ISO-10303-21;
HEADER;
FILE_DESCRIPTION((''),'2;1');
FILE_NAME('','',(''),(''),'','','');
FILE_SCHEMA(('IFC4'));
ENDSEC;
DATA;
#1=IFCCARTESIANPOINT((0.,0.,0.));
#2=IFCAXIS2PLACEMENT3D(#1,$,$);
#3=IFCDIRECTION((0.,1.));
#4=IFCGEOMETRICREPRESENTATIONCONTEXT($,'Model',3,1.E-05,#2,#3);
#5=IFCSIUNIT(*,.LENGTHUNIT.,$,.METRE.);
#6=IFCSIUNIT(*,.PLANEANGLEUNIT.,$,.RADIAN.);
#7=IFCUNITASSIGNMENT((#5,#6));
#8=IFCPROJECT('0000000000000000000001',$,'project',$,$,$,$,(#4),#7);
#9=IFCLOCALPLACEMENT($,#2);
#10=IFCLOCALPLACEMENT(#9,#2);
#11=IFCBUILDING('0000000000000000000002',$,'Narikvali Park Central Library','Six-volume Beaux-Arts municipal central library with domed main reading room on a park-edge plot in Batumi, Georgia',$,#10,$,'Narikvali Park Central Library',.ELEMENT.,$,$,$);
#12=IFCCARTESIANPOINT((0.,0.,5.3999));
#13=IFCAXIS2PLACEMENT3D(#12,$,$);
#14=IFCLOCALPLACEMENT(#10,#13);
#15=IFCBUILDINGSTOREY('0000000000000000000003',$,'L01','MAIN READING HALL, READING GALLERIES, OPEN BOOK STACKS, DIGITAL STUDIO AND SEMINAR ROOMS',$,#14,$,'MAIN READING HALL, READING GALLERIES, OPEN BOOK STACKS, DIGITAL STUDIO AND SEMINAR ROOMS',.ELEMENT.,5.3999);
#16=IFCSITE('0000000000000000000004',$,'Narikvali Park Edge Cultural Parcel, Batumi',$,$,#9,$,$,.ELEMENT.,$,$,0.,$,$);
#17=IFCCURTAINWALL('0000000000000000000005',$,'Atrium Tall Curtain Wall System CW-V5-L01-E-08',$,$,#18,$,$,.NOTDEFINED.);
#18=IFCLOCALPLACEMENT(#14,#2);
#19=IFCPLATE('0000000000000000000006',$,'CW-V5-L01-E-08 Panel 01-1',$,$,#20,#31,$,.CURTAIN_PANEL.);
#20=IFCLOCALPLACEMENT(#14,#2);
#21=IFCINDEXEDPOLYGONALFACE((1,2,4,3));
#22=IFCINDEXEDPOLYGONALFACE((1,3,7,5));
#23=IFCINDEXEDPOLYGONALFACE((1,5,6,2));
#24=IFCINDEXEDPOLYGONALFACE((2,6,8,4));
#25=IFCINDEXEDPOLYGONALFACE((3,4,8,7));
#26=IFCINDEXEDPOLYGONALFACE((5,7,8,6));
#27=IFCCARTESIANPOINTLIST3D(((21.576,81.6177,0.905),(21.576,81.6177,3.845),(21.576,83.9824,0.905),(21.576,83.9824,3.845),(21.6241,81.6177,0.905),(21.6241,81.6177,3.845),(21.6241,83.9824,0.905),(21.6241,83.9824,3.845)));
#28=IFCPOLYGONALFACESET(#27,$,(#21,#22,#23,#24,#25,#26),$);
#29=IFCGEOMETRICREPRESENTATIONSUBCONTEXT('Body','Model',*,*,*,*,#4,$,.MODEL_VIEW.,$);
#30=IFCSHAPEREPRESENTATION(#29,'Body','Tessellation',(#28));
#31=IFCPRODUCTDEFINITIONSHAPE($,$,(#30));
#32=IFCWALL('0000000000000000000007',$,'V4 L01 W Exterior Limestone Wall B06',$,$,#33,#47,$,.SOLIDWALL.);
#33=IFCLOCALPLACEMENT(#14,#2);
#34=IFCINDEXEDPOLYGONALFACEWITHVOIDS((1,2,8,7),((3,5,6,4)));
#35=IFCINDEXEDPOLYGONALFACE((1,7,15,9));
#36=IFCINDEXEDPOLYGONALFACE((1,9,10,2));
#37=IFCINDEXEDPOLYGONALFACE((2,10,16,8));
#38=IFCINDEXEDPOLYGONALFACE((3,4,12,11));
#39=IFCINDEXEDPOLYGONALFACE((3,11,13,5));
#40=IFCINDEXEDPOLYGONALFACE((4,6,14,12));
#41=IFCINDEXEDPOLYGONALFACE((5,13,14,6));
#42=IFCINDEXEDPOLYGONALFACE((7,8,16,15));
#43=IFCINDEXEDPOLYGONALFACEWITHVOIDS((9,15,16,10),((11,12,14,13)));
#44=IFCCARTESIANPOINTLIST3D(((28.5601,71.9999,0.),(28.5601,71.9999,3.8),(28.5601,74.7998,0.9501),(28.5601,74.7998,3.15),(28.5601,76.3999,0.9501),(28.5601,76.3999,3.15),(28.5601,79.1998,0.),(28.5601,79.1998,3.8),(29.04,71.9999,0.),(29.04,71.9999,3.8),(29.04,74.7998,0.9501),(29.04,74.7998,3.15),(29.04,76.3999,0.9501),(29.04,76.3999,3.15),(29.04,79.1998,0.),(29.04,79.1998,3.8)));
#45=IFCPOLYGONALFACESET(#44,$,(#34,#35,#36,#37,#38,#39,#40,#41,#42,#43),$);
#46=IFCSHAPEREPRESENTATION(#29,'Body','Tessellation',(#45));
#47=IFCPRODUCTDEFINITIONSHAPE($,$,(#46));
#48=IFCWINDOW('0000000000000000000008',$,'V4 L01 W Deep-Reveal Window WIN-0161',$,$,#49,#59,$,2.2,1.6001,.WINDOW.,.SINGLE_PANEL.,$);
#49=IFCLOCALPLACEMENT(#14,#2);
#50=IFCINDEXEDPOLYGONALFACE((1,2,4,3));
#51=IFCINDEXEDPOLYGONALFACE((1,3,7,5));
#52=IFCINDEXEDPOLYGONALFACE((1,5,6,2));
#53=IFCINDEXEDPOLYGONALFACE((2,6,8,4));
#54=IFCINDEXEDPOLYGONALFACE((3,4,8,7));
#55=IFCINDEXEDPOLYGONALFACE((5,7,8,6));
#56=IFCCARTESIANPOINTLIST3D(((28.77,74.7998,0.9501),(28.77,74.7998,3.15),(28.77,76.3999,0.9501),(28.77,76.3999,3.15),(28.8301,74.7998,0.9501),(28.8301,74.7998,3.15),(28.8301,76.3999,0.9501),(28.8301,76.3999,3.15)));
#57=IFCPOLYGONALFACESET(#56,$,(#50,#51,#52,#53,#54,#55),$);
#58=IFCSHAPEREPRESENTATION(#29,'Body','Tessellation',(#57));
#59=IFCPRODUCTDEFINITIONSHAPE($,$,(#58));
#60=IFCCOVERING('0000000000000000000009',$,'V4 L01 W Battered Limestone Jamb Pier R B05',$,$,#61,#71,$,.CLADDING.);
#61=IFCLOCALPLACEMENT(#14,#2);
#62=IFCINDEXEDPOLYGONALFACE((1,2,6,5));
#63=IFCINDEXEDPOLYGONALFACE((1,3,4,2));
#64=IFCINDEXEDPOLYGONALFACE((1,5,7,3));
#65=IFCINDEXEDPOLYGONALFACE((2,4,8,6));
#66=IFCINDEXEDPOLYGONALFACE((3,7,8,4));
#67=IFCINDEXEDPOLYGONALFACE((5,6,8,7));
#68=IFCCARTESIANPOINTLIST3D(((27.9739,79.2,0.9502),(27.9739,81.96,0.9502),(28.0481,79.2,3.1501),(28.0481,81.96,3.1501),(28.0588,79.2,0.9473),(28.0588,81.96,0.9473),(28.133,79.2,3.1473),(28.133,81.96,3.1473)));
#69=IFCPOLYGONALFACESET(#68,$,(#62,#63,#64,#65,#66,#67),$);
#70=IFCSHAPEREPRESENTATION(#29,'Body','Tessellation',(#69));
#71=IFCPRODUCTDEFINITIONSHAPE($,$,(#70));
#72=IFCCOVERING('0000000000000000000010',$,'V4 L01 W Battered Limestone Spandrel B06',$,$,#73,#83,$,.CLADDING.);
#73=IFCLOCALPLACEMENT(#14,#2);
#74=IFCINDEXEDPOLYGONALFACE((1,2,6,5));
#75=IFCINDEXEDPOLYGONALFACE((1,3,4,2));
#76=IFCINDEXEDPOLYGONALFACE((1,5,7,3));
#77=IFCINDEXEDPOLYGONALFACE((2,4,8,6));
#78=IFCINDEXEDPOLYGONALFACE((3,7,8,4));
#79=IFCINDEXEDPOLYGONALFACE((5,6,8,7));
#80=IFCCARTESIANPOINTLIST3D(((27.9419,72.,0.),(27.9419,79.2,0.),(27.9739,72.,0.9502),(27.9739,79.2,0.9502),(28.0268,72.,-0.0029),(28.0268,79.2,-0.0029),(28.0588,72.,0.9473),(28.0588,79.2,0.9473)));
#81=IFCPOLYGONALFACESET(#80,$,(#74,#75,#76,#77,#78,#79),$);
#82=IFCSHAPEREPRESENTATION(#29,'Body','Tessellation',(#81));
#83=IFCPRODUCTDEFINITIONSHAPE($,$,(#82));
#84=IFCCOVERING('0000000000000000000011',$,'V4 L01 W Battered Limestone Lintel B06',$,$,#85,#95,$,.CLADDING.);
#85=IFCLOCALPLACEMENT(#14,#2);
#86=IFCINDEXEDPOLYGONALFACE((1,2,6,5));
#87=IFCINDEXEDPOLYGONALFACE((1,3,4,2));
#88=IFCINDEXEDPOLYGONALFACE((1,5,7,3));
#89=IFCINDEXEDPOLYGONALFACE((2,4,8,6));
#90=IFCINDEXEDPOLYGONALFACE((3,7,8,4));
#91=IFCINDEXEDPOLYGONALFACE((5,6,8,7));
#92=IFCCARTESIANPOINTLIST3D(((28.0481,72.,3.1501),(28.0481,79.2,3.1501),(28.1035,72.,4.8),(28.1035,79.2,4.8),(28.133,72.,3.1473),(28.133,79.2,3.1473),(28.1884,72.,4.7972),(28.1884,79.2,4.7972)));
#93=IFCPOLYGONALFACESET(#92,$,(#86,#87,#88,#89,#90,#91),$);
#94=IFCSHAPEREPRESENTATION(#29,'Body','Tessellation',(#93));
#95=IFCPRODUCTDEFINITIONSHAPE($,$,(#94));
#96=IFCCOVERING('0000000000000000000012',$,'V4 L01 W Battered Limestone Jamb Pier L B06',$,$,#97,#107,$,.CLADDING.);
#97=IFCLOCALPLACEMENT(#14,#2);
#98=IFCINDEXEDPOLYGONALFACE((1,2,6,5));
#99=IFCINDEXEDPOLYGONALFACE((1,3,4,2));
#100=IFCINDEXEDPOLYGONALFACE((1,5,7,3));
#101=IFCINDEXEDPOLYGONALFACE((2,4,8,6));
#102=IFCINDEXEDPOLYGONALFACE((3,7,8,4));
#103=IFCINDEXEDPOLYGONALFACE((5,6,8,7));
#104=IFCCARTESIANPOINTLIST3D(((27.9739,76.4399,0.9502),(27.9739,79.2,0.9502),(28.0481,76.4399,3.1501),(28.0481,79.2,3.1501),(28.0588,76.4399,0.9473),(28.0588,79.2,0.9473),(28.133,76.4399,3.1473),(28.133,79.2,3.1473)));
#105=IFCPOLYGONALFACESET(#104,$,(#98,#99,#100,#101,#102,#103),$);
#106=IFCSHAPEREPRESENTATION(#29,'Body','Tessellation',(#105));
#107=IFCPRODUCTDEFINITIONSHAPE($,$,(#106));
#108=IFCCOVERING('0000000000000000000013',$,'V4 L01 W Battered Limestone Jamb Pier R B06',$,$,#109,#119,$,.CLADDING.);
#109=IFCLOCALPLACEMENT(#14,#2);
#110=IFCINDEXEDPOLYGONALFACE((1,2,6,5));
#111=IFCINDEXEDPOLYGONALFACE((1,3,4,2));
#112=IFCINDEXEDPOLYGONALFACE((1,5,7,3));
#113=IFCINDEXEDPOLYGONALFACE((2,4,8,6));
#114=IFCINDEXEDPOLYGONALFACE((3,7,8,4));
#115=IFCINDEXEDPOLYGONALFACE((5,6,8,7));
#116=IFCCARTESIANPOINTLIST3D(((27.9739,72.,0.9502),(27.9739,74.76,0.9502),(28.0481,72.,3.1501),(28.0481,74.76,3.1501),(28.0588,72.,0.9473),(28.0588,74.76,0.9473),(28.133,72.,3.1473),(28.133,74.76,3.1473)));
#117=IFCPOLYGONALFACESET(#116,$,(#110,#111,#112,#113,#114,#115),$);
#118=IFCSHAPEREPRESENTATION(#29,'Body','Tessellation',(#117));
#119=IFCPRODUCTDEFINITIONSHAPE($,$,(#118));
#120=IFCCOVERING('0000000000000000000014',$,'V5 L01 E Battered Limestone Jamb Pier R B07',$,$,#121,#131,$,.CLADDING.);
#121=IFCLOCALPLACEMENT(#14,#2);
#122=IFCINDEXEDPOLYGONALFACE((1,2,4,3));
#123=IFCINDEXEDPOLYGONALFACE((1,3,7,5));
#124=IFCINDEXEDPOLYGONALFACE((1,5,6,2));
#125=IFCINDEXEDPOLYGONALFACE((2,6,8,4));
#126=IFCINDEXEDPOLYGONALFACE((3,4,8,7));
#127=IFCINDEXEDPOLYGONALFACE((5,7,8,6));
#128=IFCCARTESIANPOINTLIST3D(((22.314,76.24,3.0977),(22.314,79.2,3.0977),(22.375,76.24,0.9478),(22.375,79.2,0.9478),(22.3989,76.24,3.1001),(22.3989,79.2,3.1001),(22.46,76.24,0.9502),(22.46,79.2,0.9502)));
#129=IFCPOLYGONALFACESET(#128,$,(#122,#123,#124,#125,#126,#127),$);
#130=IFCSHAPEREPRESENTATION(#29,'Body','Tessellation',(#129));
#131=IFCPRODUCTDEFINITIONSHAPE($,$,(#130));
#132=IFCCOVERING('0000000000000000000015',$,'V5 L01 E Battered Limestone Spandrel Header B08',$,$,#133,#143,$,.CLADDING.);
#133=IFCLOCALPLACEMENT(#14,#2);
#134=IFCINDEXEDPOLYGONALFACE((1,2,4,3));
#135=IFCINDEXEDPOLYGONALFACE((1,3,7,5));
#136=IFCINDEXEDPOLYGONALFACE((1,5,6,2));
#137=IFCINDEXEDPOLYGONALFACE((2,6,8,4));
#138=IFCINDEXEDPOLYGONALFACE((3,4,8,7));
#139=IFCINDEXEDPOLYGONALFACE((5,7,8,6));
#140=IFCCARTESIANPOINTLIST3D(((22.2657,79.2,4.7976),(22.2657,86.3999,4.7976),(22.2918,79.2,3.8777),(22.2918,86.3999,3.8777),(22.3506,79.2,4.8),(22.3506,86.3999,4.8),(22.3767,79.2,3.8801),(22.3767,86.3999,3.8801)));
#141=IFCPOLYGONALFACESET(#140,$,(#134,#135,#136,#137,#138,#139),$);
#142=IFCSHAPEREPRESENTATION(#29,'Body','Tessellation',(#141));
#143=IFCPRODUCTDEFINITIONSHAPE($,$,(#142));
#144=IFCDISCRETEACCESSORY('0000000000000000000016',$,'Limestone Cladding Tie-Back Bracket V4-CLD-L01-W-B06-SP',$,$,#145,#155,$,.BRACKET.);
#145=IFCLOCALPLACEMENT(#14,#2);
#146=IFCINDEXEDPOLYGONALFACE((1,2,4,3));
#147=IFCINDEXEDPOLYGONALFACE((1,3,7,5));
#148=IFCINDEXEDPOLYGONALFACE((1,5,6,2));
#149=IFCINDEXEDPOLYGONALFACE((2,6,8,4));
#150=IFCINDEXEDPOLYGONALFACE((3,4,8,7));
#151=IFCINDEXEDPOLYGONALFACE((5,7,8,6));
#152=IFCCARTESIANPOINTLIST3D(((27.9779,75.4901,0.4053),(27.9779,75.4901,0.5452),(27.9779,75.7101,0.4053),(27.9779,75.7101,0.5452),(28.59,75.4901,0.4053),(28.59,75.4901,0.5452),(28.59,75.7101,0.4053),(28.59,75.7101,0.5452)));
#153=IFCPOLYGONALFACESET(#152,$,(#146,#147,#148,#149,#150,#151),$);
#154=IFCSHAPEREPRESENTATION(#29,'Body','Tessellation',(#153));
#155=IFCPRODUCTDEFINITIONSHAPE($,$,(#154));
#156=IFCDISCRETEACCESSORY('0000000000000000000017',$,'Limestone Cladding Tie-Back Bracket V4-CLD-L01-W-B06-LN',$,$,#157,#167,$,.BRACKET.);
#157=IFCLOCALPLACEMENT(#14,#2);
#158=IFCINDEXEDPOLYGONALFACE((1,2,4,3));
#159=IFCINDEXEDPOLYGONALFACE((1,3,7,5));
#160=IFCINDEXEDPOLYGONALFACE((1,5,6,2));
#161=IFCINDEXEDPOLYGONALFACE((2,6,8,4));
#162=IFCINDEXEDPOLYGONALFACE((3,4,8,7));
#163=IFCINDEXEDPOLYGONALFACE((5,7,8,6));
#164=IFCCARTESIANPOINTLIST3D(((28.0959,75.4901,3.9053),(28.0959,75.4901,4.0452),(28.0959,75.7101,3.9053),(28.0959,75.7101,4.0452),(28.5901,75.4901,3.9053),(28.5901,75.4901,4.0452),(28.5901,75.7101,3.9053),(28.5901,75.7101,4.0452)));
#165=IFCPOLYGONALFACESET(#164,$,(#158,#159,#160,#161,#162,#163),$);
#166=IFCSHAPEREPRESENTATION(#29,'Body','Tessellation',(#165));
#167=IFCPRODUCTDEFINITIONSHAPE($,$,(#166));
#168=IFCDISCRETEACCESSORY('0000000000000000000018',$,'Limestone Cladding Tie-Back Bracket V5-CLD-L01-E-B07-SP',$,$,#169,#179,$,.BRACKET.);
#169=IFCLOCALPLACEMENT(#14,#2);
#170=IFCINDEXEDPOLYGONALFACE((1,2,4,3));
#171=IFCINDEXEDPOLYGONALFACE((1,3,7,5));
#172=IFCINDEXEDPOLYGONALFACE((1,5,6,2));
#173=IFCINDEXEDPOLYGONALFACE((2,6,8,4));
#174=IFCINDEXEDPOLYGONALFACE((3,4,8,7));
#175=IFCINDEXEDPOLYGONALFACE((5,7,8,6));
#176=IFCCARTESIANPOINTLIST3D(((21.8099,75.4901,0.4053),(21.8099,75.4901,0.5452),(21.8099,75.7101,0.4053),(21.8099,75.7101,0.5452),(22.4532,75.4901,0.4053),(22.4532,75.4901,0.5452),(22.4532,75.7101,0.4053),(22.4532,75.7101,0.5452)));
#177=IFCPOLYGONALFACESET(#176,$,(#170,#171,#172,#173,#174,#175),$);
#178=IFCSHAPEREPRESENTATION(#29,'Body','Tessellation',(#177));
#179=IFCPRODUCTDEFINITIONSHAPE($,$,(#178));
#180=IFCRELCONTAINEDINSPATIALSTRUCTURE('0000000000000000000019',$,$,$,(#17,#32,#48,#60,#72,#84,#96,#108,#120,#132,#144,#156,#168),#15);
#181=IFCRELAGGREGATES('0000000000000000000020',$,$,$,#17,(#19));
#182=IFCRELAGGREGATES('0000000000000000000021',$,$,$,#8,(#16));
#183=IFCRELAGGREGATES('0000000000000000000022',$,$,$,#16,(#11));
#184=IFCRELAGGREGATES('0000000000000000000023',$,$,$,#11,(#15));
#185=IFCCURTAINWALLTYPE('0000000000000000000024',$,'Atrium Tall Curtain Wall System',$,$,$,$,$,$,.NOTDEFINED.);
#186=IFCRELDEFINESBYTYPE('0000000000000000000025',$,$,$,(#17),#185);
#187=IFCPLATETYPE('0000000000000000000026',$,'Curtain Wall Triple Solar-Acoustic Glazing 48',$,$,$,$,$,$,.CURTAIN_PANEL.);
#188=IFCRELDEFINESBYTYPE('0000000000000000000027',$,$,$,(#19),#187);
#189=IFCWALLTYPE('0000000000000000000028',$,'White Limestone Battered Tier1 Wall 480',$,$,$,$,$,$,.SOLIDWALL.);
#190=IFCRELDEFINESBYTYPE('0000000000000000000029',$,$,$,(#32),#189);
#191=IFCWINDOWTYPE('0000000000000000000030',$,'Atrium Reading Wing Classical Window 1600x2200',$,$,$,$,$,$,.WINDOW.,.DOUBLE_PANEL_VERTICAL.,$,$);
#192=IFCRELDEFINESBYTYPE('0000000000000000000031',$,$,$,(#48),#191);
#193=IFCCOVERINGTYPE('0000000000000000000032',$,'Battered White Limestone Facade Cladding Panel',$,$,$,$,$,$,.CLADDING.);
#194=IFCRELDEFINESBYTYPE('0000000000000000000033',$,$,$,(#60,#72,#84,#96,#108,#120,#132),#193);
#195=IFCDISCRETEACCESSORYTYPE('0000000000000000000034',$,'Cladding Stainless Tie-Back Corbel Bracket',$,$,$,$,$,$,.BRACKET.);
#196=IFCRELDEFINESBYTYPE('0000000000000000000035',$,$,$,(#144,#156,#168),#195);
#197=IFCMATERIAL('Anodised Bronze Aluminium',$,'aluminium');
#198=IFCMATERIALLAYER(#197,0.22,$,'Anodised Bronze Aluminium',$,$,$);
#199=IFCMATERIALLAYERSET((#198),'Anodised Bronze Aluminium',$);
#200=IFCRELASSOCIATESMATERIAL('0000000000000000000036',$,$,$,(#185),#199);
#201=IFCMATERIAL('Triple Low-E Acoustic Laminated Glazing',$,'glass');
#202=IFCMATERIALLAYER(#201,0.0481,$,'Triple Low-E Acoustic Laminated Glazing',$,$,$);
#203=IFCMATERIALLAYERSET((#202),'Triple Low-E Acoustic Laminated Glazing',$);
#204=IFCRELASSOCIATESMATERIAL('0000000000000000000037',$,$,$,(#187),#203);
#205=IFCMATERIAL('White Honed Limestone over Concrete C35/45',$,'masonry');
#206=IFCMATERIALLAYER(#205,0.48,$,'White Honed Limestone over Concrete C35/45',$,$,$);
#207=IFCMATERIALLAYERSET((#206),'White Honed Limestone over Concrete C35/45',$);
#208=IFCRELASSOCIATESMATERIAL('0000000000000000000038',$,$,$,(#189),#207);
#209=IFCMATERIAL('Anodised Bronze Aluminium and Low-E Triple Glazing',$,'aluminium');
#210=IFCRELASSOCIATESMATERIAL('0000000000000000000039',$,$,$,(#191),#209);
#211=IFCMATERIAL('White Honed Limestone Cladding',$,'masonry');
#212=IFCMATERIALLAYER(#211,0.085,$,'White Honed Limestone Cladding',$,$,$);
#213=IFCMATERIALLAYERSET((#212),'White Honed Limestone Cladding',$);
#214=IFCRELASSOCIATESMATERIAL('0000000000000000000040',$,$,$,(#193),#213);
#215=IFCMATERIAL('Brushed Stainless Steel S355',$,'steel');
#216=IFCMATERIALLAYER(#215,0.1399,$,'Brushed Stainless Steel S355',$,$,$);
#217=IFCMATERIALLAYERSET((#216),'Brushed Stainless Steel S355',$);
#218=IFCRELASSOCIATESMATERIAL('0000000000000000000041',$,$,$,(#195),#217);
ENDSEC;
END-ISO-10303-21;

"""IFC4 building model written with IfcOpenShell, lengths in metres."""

from ifc_helpers import new_model, si_unit, direction, frame, frame_2d, origin, origin_2d, place, context, subcontext, project, spatial, polyline, rectangle, outline, extrude, material, layer, layer_set, type_object, element, fill, aggregate, save


model = new_model("IFC4")

# Units and contexts
model_context = context("Model", 3, precision=1e-05, world=origin(), true_north=direction((0.0, 1.0)))
body_context = subcontext(model_context, "Body", "Model", "MODEL_VIEW")
ifc_project = project(units=[si_unit("LENGTHUNIT", "METRE"), si_unit("PLANEANGLEUNIT", "RADIAN")], contexts=[model_context])

# Site, building, storey
site_placement = place(None, origin())
site = spatial("IfcSite", under=ifc_project, at=site_placement, Name="Narikvali Park Edge Cultural Parcel, Batumi", CompositionType="ELEMENT", RefElevation=0.0)
building_placement = place(site_placement, origin())
building = spatial("IfcBuilding", under=site, at=building_placement, Name="Narikvali Park Central Library", Description="Six-volume Beaux-Arts municipal central library with domed main reading room on a park-edge plot in Batumi, Georgia", LongName="Narikvali Park Central Library", CompositionType="ELEMENT")
storey_placement = place(building_placement, frame((0.0, 0.0, 5.3999)))
storey = spatial("IfcBuildingStorey", under=building, at=storey_placement, Name="L01", Description="MAIN READING HALL, READING GALLERIES, OPEN BOOK STACKS, DIGITAL STUDIO AND SEMINAR ROOMS", LongName="MAIN READING HALL, READING GALLERIES, OPEN BOOK STACKS, DIGITAL STUDIO AND SEMINAR ROOMS", CompositionType="ELEMENT", Elevation=5.3999)

# Curtain wall
ifc_material_1 = material(Name="Anodised Bronze Aluminium", Category="aluminium")
ifc_layer_1 = layer(ifc_material_1, 0.22, Name="Anodised Bronze Aluminium")
ifc_layer_set_1 = layer_set([ifc_layer_1], Name="Anodised Bronze Aluminium")
curtain_wall_type = type_object("IfcCurtainWallType", Name="Atrium Tall Curtain Wall System", PredefinedType="NOTDEFINED", material=ifc_layer_set_1)
curtain_wall_placement = place(storey_placement, origin())
curtain_wall = element("IfcCurtainWall", 1, at=curtain_wall_placement, inside=storey, type_object=curtain_wall_type, Name="Atrium Tall Curtain Wall System CW-V5-L01-E-08", PredefinedType="NOTDEFINED")

# Plate
ifc_material_2 = material(Name="Triple Low-E Acoustic Laminated Glazing", Category="glass")
ifc_layer_2 = layer(ifc_material_2, 0.0481, Name="Triple Low-E Acoustic Laminated Glazing")
ifc_layer_set_2 = layer_set([ifc_layer_2], Name="Triple Low-E Acoustic Laminated Glazing")
plate_type_1 = type_object("IfcPlateType", Name="Curtain Wall Triple Solar-Acoustic Glazing 48", PredefinedType="CURTAIN_PANEL", material=ifc_layer_set_2)
plate_1_placement = place(storey_placement, frame((21.6001, 82.8, 0.905), z_axis=(0.0, 0.0, 1.0), x_axis=(0.0, 1.0, 0.0)))
plate_1 = element("IfcPlate", 2, at=plate_1_placement, type_object=plate_type_1, Name="CW-V5-L01-E-08 Panel 01-1", PredefinedType="CURTAIN_PANEL", context=body_context, shape_type="SweptSolid", body=[
    extrude(rectangle(XDim=2.3647, YDim=0.0481, at=origin_2d()), origin(), (0.0, 0.0, 1.0), 2.9399),
])
aggregate(curtain_wall, [plate_1])

# Wall, opening, window
ifc_material_3 = material(Name="White Honed Limestone over Concrete C35/45", Category="masonry")
ifc_layer_3 = layer(ifc_material_3, 0.48, Name="White Honed Limestone over Concrete C35/45")
ifc_layer_set_3 = layer_set([ifc_layer_3], Name="White Honed Limestone over Concrete C35/45")
wall_type = type_object("IfcWallType", Name="White Limestone Battered Tier1 Wall 480", PredefinedType="SOLIDWALL", material=ifc_layer_set_3)
wall_placement = place(storey_placement, frame((28.8, 79.2, 0.0), z_axis=(0.0, 0.0, 1.0), x_axis=(0.0, -1.0, 0.0)))
wall = element("IfcWall", 3, at=wall_placement, inside=storey, type_object=wall_type, Name="V4 L01 W Exterior Limestone Wall B06", PredefinedType="SOLIDWALL", context=body_context, shape_type="SweptSolid", body=[
    extrude(rectangle(XDim=7.2, YDim=0.48, at=frame_2d((3.6001, 0.0))), origin(), (0.0, 0.0, 1.0), 3.8),
])
opening_placement = place(wall_placement, frame((2.8, 0.0, 0.95)))
opening = element("IfcOpeningElement", 4, at=opening_placement, cuts=wall, PredefinedType="OPENING", context=body_context, shape_type="SweptSolid", body=[
    extrude(rectangle(XDim=1.6001, YDim=2.2, at=frame_2d((0.8, 1.1001))), frame((0.0, 0.252, 0.0), z_axis=(0.0, -1.0, 0.0), x_axis=(1.0, 0.0, 0.0)), (0.0, 0.0, 1.0), 0.5039),
])
ifc_material_4 = material(Name="Anodised Bronze Aluminium and Low-E Triple Glazing", Category="aluminium")
window_type = type_object("IfcWindowType", Name="Atrium Reading Wing Classical Window 1600x2200", PartitioningType="DOUBLE_PANEL_VERTICAL", PredefinedType="WINDOW", material=ifc_material_4)
window_placement = place(opening_placement, origin())
window = element("IfcWindow", 5, at=window_placement, inside=storey, type_object=window_type, Name="V4 L01 W Deep-Reveal Window WIN-0161", OverallHeight=2.2, OverallWidth=1.6001, PartitioningType="SINGLE_PANEL", PredefinedType="WINDOW", context=body_context, shape_type="SweptSolid", body=[
    extrude(rectangle(XDim=1.6001, YDim=2.2, at=frame_2d((0.8, 1.1001))), frame((0.0, 0.03, 0.0), z_axis=(0.0, -1.0, 0.0), x_axis=(1.0, 0.0, 0.0)), (0.0, 0.0, 1.0), 0.0601),
])
fill(opening, window)

# Coverings
ifc_material_5 = material(Name="White Honed Limestone Cladding", Category="masonry")
ifc_layer_4 = layer(ifc_material_5, 0.085, Name="White Honed Limestone Cladding")
ifc_layer_set_4 = layer_set([ifc_layer_4], Name="White Honed Limestone Cladding")
covering_type = type_object("IfcCoveringType", Name="Battered White Limestone Facade Cladding Panel", PredefinedType="CLADDING", material=ifc_layer_set_4)
covering_1_placement = place(storey_placement, frame((27.9739, 81.96, 0.9502), z_axis=(-0.999431, 0.0, 0.033717), x_axis=(0.0, -1.0, 0.0)))
element("IfcCovering", 6, at=covering_1_placement, inside=storey, type_object=covering_type, Name="V4 L01 W Battered Limestone Jamb Pier R B05", PredefinedType="CLADDING", context=body_context, shape_type="SweptSolid", body=[
    extrude(outline(polyline([(0.0, 0.0), (2.76, 0.0), (2.76, 2.2012), (0.0, 2.2012), (0.0, 0.0)])), origin(), (0.0, 0.0, -1.0), 0.085),
])
covering_2_placement = place(storey_placement, frame((27.9419, 79.2, 0.0), z_axis=(-0.999434, 0.0, 0.03364), x_axis=(0.0, -1.0, 0.0)))
element("IfcCovering", 7, at=covering_2_placement, inside=storey, type_object=covering_type, Name="V4 L01 W Battered Limestone Spandrel B06", PredefinedType="CLADDING", context=body_context, shape_type="SweptSolid", body=[
    extrude(outline(polyline([(0.0, 0.0), (7.2, 0.0), (7.2, 0.9507), (0.0, 0.9507), (0.0, 0.0)])), origin(), (0.0, 0.0, -1.0), 0.085),
])
covering_3_placement = place(storey_placement, frame((28.0481, 79.2, 3.1501), z_axis=(-0.999436, 0.0, 0.033571), x_axis=(0.0, -1.0, 0.0)))
element("IfcCovering", 8, at=covering_3_placement, inside=storey, type_object=covering_type, Name="V4 L01 W Battered Limestone Lintel B06", PredefinedType="CLADDING", context=body_context, shape_type="SweptSolid", body=[
    extrude(outline(polyline([(0.0, 0.0), (7.2, 0.0), (7.2, 1.6508), (0.0, 1.6508), (0.0, 0.0)])), origin(), (0.0, 0.0, -1.0), 0.085),
])
for number, where, z_axis, x_axis, name in (
    (9, (27.9739, 79.2, 0.9502), (-0.999431, 0.0, 0.033717), (0.0, -1.0, 0.0), "V4 L01 W Battered Limestone Jamb Pier L B06"),
    (10, (27.9739, 74.76, 0.9502), (-0.999431, 0.0, 0.033717), (0.0, -1.0, 0.0), "V4 L01 W Battered Limestone Jamb Pier R B06"),
):
    element("IfcCovering", number, at=place(storey_placement, frame(where, z_axis=z_axis, x_axis=x_axis)), inside=storey, type_object=covering_type, Name=name, PredefinedType="CLADDING", context=body_context, shape_type="SweptSolid", body=[
        extrude(outline(polyline([(0.0, 0.0), (2.76, 0.0), (2.76, 2.2012), (0.0, 2.2012), (0.0, 0.0)])), origin(), (0.0, 0.0, -1.0), 0.085),
    ])
covering_4_placement = place(storey_placement, frame((22.46, 76.24, 0.9502), z_axis=(0.999597, 0.0, 0.028378), x_axis=(0.0, 1.0, 0.0)))
element("IfcCovering", 11, at=covering_4_placement, inside=storey, type_object=covering_type, Name="V5 L01 E Battered Limestone Jamb Pier R B07", PredefinedType="CLADDING", context=body_context, shape_type="SweptSolid", body=[
    extrude(outline(polyline([(0.0, 0.0), (2.96, 0.0), (2.96, 2.1508), (0.0, 2.1508), (0.0, 0.0)])), origin(), (0.0, 0.0, -1.0), 0.085),
])
covering_5_placement = place(storey_placement, frame((22.3767, 79.2, 3.8801), z_axis=(0.999597, 0.0, 0.028386), x_axis=(0.0, 1.0, 0.0)))
element("IfcCovering", 12, at=covering_5_placement, inside=storey, type_object=covering_type, Name="V5 L01 E Battered Limestone Spandrel Header B08", PredefinedType="CLADDING", context=body_context, shape_type="SweptSolid", body=[
    extrude(outline(polyline([(0.0, 0.0), (7.2, 0.0), (7.2, 0.9203), (0.0, 0.9203), (0.0, 0.0)])), origin(), (0.0, 0.0, -1.0), 0.085),
])

# Discrete accessories
ifc_material_6 = material(Name="Brushed Stainless Steel S355", Category="steel")
ifc_layer_5 = layer(ifc_material_6, 0.1399, Name="Brushed Stainless Steel S355")
ifc_layer_set_5 = layer_set([ifc_layer_5], Name="Brushed Stainless Steel S355")
discrete_accessory_type = type_object("IfcDiscreteAccessoryType", Name="Cladding Stainless Tie-Back Corbel Bracket", PredefinedType="BRACKET", material=ifc_layer_set_5)
discrete_accessory_1_placement = place(storey_placement, frame((28.2839, 75.6001, 0.4053), z_axis=(0.0, 0.0, 1.0), x_axis=(1.0, 0.0, 0.0)))
element("IfcDiscreteAccessory", 13, at=discrete_accessory_1_placement, inside=storey, type_object=discrete_accessory_type, Name="Limestone Cladding Tie-Back Bracket V4-CLD-L01-W-B06-SP", PredefinedType="BRACKET", context=body_context, shape_type="SweptSolid", body=[
    extrude(rectangle(XDim=0.6121, YDim=0.22, at=origin_2d()), origin(), (0.0, 0.0, 1.0), 0.1399),
])
discrete_accessory_2_placement = place(storey_placement, frame((28.343, 75.6001, 3.9053), z_axis=(0.0, 0.0, 1.0), x_axis=(1.0, 0.0, 0.0)))
element("IfcDiscreteAccessory", 14, at=discrete_accessory_2_placement, inside=storey, type_object=discrete_accessory_type, Name="Limestone Cladding Tie-Back Bracket V4-CLD-L01-W-B06-LN", PredefinedType="BRACKET", context=body_context, shape_type="SweptSolid", body=[
    extrude(rectangle(XDim=0.4941, YDim=0.22, at=origin_2d()), origin(), (0.0, 0.0, 1.0), 0.1399),
])
discrete_accessory_3_placement = place(storey_placement, frame((22.1316, 75.6001, 0.4053), z_axis=(0.0, 0.0, 1.0), x_axis=(1.0, 0.0, 0.0)))
element("IfcDiscreteAccessory", 15, at=discrete_accessory_3_placement, inside=storey, type_object=discrete_accessory_type, Name="Limestone Cladding Tie-Back Bracket V5-CLD-L01-E-B07-SP", PredefinedType="BRACKET", context=body_context, shape_type="SweptSolid", body=[
    extrude(rectangle(XDim=0.6433, YDim=0.22, at=origin_2d()), origin(), (0.0, 0.0, 1.0), 0.1399),
])

save(model, "model.ifc")
